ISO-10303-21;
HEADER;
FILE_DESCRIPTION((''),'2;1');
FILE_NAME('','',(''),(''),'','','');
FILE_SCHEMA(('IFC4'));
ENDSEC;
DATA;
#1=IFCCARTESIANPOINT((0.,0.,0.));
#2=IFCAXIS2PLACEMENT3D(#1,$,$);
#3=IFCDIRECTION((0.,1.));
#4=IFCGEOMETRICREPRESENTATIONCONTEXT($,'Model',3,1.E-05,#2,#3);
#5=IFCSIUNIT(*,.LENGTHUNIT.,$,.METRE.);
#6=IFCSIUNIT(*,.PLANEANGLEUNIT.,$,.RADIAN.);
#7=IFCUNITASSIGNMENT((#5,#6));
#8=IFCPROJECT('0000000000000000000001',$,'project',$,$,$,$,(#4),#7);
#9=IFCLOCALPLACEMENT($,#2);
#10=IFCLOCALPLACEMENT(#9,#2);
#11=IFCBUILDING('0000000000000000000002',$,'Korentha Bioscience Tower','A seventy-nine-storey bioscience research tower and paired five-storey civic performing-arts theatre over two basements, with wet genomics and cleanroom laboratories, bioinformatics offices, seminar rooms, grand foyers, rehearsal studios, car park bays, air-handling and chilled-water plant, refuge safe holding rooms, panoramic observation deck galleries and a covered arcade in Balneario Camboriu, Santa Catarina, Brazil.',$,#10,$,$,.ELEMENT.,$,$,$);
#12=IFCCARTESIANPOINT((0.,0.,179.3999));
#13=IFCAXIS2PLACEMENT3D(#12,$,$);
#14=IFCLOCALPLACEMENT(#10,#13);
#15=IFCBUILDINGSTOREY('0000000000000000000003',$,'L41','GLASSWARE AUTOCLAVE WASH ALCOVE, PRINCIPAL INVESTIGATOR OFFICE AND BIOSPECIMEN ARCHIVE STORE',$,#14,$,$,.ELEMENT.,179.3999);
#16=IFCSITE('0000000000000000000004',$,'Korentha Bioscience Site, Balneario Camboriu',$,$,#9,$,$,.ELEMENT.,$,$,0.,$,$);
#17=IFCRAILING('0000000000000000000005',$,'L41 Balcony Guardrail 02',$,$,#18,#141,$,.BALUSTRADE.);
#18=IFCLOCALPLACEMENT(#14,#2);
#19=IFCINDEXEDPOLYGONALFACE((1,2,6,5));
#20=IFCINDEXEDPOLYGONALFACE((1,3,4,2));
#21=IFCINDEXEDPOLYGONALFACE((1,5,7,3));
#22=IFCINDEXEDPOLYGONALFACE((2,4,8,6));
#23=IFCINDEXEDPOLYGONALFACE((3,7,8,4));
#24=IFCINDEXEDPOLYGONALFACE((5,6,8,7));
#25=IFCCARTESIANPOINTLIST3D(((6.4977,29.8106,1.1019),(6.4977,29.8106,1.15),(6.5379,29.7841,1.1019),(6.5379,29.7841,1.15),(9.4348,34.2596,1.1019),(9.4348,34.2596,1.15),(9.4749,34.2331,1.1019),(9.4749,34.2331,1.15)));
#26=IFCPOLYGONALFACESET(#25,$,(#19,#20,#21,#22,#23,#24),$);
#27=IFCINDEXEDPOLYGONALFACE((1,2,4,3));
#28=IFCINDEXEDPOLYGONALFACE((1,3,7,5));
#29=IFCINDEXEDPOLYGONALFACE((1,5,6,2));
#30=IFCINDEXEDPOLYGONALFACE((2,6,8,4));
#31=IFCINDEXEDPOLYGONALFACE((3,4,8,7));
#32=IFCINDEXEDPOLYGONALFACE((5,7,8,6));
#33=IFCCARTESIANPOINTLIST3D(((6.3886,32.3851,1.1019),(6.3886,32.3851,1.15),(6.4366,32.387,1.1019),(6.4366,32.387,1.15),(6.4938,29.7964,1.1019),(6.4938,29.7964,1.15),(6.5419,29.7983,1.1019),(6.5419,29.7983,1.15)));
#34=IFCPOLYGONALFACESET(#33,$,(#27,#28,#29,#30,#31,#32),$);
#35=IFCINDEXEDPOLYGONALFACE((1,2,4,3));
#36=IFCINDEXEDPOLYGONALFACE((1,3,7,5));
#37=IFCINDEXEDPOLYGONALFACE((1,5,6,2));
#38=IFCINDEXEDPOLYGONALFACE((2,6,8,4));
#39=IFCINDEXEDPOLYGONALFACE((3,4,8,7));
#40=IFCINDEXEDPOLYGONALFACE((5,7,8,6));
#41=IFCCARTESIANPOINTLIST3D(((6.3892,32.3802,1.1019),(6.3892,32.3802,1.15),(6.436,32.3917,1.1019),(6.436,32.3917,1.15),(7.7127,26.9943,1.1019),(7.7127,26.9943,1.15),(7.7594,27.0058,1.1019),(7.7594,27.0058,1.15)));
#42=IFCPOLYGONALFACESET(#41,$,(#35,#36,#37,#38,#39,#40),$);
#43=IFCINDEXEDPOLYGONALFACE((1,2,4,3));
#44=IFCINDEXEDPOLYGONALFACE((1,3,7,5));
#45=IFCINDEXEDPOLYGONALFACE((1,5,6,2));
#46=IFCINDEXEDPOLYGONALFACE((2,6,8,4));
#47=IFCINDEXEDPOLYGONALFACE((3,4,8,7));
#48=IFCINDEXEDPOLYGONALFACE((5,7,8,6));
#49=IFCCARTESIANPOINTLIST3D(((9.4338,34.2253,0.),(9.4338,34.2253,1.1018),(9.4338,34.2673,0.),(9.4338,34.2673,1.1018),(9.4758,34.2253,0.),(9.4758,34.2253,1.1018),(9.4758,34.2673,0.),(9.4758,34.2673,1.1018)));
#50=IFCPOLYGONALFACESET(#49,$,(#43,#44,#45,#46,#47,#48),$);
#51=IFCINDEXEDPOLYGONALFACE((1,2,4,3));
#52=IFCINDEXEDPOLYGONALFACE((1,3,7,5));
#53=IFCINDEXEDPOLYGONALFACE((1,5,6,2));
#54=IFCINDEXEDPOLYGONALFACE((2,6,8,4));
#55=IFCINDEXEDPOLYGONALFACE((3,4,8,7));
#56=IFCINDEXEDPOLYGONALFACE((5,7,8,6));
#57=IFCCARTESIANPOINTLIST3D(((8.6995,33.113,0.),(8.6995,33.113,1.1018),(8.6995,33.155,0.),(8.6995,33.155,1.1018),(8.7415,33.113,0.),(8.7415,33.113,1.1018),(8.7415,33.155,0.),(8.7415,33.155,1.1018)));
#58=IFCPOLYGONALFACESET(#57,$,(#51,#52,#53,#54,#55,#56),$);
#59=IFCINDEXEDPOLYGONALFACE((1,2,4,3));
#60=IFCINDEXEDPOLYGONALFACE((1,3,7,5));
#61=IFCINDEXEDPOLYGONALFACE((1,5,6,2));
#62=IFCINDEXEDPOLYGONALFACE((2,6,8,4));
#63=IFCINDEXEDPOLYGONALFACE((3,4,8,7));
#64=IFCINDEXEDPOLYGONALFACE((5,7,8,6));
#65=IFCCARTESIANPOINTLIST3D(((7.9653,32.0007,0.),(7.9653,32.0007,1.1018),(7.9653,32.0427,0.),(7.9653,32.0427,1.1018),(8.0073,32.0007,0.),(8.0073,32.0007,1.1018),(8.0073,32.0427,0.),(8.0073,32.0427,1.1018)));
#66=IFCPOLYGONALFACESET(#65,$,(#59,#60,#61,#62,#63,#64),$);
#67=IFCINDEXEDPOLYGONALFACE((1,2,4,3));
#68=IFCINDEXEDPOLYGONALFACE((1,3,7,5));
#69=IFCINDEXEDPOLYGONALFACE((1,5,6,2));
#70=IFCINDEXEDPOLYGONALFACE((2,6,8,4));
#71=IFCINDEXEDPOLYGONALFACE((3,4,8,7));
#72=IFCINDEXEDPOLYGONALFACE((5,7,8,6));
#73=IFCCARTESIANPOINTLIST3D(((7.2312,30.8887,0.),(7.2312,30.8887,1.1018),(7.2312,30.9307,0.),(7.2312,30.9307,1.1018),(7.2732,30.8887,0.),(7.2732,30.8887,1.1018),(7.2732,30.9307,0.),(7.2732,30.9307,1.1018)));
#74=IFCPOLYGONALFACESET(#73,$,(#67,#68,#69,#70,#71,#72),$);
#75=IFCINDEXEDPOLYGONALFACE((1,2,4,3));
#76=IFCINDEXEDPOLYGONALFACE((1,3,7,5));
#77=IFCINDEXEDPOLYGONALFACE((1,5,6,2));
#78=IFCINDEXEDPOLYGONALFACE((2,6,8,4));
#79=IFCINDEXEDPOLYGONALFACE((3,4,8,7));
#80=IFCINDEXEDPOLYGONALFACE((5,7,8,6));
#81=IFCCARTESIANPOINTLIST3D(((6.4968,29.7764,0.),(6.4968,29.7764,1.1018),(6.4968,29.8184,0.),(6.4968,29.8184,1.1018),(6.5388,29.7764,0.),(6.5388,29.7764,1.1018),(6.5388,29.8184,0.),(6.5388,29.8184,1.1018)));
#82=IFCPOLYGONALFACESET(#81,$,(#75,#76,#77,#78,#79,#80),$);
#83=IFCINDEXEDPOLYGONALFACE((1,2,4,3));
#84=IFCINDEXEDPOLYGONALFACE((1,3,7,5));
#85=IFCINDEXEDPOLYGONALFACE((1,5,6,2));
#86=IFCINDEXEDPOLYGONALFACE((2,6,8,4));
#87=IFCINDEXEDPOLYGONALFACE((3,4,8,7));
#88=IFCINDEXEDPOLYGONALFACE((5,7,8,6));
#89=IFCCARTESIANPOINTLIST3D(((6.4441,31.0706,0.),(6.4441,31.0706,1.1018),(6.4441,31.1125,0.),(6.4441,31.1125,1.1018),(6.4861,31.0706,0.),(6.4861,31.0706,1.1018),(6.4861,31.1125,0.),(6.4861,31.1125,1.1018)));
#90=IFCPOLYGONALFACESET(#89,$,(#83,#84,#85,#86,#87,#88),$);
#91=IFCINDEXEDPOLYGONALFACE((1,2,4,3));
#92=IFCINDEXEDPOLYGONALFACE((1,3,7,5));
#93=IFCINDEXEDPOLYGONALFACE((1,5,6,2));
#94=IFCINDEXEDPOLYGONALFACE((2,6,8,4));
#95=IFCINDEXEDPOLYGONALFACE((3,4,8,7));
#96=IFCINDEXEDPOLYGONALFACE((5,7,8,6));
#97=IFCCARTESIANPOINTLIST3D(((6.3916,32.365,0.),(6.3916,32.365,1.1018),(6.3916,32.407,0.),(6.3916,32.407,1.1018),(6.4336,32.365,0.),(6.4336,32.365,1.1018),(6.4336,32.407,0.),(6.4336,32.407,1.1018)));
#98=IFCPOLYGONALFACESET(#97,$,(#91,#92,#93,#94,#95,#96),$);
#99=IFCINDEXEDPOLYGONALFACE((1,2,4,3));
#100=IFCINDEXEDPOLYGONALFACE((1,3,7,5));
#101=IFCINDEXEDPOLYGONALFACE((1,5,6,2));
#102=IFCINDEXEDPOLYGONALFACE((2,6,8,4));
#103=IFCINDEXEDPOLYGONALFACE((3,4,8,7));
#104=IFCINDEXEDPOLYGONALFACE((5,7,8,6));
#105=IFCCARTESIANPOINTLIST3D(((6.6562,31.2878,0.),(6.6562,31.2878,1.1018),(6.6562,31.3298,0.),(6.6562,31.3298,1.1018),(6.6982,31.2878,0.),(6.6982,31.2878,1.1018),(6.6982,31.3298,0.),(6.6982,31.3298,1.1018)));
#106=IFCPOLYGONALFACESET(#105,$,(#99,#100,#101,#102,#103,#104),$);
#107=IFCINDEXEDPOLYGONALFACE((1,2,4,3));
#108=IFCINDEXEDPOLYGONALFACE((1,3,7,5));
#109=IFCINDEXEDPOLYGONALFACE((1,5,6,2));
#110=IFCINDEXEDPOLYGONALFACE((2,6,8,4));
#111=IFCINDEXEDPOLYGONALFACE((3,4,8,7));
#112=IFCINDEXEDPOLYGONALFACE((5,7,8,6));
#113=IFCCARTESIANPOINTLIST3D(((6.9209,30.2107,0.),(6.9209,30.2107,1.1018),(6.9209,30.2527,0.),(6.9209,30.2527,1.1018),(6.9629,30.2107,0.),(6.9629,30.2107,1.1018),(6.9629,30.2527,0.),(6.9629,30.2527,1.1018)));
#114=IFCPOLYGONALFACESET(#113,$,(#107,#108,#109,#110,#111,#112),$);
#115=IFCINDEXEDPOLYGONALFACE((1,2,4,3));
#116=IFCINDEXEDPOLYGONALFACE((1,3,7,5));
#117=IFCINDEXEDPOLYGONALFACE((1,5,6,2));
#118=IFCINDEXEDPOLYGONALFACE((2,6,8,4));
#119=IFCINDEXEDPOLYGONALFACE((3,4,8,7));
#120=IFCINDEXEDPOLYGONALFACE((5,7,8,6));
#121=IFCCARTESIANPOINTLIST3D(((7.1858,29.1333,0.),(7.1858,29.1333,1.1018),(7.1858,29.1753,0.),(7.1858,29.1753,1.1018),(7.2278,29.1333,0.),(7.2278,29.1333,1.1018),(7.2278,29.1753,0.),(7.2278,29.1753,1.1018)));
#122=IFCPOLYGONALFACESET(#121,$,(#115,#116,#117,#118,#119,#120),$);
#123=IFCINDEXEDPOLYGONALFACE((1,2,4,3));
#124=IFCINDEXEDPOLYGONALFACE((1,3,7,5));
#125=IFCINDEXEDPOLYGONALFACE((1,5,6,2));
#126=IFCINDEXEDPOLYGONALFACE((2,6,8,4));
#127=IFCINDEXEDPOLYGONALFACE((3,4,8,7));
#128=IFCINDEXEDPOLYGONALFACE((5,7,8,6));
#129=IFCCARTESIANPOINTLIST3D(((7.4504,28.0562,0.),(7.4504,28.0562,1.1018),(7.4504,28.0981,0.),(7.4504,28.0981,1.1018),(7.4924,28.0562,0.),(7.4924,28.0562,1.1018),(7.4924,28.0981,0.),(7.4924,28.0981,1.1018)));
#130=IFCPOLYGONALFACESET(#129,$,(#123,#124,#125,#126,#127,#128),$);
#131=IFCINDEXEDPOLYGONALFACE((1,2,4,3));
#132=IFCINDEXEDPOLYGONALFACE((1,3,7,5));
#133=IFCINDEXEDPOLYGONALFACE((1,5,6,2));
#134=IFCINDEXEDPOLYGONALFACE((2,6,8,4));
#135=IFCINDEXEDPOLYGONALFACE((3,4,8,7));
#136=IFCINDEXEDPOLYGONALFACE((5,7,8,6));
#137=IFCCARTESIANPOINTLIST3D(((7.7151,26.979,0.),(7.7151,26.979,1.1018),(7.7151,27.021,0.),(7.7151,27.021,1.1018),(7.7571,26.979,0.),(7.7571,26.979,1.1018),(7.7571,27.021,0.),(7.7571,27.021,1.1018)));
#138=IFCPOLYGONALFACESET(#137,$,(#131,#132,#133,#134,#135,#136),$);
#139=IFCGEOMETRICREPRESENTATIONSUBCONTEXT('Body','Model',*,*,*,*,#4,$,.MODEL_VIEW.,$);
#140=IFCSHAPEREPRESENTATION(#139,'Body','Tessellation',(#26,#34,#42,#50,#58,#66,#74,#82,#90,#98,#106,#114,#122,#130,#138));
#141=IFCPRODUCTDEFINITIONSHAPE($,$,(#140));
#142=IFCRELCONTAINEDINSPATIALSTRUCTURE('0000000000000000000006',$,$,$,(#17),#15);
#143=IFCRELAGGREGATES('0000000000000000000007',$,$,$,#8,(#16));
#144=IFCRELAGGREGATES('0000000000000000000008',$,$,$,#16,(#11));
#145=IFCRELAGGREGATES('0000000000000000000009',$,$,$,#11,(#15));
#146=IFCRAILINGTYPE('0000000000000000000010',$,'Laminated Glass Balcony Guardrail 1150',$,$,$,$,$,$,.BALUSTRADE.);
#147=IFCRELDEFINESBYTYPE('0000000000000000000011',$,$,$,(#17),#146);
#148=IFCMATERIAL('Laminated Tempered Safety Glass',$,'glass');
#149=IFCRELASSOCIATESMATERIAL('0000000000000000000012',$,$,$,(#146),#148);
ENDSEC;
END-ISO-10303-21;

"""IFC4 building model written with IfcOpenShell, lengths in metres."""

from ifc_helpers import new_model, si_unit, direction, frame, origin, origin_2d, place, context, subcontext, project, spatial, rectangle, extrude, material, type_object, element, save


model = new_model("IFC4")

# Units and contexts
model_context = context("Model", 3, precision=1e-05, world=origin(), true_north=direction((0.0, 1.0)))
body_context = subcontext(model_context, "Body", "Model", "MODEL_VIEW")
ifc_project = project(units=[si_unit("LENGTHUNIT", "METRE"), si_unit("PLANEANGLEUNIT", "RADIAN")], contexts=[model_context])

# Site, building, storey
site_placement = place(None, origin())
site = spatial("IfcSite", under=ifc_project, at=site_placement, Name="Korentha Bioscience Site, Balneario Camboriu", CompositionType="ELEMENT", RefElevation=0.0)
building_placement = place(site_placement, origin())
building = spatial("IfcBuilding", under=site, at=building_placement, Name="Korentha Bioscience Tower", Description="A seventy-nine-storey bioscience research tower and paired five-storey civic performing-arts theatre over two basements, with wet genomics and cleanroom laboratories, bioinformatics offices, seminar rooms, grand foyers, rehearsal studios, car park bays, air-handling and chilled-water plant, refuge safe holding rooms, panoramic observation deck galleries and a covered arcade in Balneario Camboriu, Santa Catarina, Brazil.", CompositionType="ELEMENT")
storey_placement = place(building_placement, frame((0.0, 0.0, 179.3999)))
storey = spatial("IfcBuildingStorey", under=building, at=storey_placement, Name="L41", Description="GLASSWARE AUTOCLAVE WASH ALCOVE, PRINCIPAL INVESTIGATOR OFFICE AND BIOSPECIMEN ARCHIVE STORE", CompositionType="ELEMENT", Elevation=179.3999)

# Railing
ifc_material_1 = material(Name="Laminated Tempered Safety Glass", Category="glass")
railing_type = type_object("IfcRailingType", Name="Laminated Glass Balcony Guardrail 1150", PredefinedType="BALUSTRADE", material=ifc_material_1)
railing_placement = place(storey_placement, frame((9.4548, 34.2463, 0.0)))
element("IfcRailing", 1, at=railing_placement, inside=storey, type_object=railing_type, Name="L41 Balcony Guardrail 02", PredefinedType="BALUSTRADE", context=body_context, shape_type="SweptSolid", body=[
    extrude(rectangle(XDim=0.0481, YDim=0.0481, at=origin_2d()), frame((0.0, 0.0, 1.126), z_axis=(-0.550932, -0.83455, 0.0), x_axis=(0.83455, -0.550932, 0.0)), (0.0, 0.0, 1.0), 5.3311),
    extrude(rectangle(XDim=0.0481, YDim=0.0481, at=origin_2d()), frame((-2.937, -4.449, 1.126), z_axis=(-0.040615, 0.999175, 0.0), x_axis=(-0.999175, -0.040615, 0.0)), (0.0, 0.0, 1.0), 2.5908),
    extrude(rectangle(XDim=0.0481, YDim=0.0481, at=origin_2d()), frame((-3.0422, -1.8604, 1.126), z_axis=(0.238629, -0.971111, 0.0), x_axis=(0.971111, 0.238629, 0.0)), (0.0, 0.0, 1.0), 5.5461),
    extrude(rectangle(XDim=0.042, YDim=0.042, at=origin_2d()), origin(), (0.0, 0.0, 1.0), 1.1018),
    extrude(rectangle(XDim=0.042, YDim=0.042, at=origin_2d()), frame((-0.7344, -1.1123, 0.0)), (0.0, 0.0, 1.0), 1.1018),
    extrude(rectangle(XDim=0.042, YDim=0.042, at=origin_2d()), frame((-1.4685, -2.2246, 0.0)), (0.0, 0.0, 1.0), 1.1018),
    extrude(rectangle(XDim=0.042, YDim=0.042, at=origin_2d()), frame((-2.2026, -3.3367, 0.0)), (0.0, 0.0, 1.0), 1.1018),
    extrude(rectangle(XDim=0.042, YDim=0.042, at=origin_2d()), frame((-2.937, -4.449, 0.0)), (0.0, 0.0, 1.0), 1.1018),
    extrude(rectangle(XDim=0.042, YDim=0.042, at=origin_2d()), frame((-2.9897, -3.1548, 0.0)), (0.0, 0.0, 1.0), 1.1018),
    extrude(rectangle(XDim=0.042, YDim=0.042, at=origin_2d()), frame((-3.0422, -1.8604, 0.0)), (0.0, 0.0, 1.0), 1.1018),
    extrude(rectangle(XDim=0.042, YDim=0.042, at=origin_2d()), frame((-2.7776, -2.9375, 0.0)), (0.0, 0.0, 1.0), 1.1018),
    extrude(rectangle(XDim=0.042, YDim=0.042, at=origin_2d()), frame((-2.5129, -4.0146, 0.0)), (0.0, 0.0, 1.0), 1.1018),
    extrude(rectangle(XDim=0.042, YDim=0.042, at=origin_2d()), frame((-2.248, -5.092, 0.0)), (0.0, 0.0, 1.0), 1.1018),
    extrude(rectangle(XDim=0.042, YDim=0.042, at=origin_2d()), frame((-1.9834, -6.1692, 0.0)), (0.0, 0.0, 1.0), 1.1018),
    extrude(rectangle(XDim=0.042, YDim=0.042, at=origin_2d()), frame((-1.7188, -7.2463, 0.0)), (0.0, 0.0, 1.0), 1.1018),
])

save(model, "model.ifc")
